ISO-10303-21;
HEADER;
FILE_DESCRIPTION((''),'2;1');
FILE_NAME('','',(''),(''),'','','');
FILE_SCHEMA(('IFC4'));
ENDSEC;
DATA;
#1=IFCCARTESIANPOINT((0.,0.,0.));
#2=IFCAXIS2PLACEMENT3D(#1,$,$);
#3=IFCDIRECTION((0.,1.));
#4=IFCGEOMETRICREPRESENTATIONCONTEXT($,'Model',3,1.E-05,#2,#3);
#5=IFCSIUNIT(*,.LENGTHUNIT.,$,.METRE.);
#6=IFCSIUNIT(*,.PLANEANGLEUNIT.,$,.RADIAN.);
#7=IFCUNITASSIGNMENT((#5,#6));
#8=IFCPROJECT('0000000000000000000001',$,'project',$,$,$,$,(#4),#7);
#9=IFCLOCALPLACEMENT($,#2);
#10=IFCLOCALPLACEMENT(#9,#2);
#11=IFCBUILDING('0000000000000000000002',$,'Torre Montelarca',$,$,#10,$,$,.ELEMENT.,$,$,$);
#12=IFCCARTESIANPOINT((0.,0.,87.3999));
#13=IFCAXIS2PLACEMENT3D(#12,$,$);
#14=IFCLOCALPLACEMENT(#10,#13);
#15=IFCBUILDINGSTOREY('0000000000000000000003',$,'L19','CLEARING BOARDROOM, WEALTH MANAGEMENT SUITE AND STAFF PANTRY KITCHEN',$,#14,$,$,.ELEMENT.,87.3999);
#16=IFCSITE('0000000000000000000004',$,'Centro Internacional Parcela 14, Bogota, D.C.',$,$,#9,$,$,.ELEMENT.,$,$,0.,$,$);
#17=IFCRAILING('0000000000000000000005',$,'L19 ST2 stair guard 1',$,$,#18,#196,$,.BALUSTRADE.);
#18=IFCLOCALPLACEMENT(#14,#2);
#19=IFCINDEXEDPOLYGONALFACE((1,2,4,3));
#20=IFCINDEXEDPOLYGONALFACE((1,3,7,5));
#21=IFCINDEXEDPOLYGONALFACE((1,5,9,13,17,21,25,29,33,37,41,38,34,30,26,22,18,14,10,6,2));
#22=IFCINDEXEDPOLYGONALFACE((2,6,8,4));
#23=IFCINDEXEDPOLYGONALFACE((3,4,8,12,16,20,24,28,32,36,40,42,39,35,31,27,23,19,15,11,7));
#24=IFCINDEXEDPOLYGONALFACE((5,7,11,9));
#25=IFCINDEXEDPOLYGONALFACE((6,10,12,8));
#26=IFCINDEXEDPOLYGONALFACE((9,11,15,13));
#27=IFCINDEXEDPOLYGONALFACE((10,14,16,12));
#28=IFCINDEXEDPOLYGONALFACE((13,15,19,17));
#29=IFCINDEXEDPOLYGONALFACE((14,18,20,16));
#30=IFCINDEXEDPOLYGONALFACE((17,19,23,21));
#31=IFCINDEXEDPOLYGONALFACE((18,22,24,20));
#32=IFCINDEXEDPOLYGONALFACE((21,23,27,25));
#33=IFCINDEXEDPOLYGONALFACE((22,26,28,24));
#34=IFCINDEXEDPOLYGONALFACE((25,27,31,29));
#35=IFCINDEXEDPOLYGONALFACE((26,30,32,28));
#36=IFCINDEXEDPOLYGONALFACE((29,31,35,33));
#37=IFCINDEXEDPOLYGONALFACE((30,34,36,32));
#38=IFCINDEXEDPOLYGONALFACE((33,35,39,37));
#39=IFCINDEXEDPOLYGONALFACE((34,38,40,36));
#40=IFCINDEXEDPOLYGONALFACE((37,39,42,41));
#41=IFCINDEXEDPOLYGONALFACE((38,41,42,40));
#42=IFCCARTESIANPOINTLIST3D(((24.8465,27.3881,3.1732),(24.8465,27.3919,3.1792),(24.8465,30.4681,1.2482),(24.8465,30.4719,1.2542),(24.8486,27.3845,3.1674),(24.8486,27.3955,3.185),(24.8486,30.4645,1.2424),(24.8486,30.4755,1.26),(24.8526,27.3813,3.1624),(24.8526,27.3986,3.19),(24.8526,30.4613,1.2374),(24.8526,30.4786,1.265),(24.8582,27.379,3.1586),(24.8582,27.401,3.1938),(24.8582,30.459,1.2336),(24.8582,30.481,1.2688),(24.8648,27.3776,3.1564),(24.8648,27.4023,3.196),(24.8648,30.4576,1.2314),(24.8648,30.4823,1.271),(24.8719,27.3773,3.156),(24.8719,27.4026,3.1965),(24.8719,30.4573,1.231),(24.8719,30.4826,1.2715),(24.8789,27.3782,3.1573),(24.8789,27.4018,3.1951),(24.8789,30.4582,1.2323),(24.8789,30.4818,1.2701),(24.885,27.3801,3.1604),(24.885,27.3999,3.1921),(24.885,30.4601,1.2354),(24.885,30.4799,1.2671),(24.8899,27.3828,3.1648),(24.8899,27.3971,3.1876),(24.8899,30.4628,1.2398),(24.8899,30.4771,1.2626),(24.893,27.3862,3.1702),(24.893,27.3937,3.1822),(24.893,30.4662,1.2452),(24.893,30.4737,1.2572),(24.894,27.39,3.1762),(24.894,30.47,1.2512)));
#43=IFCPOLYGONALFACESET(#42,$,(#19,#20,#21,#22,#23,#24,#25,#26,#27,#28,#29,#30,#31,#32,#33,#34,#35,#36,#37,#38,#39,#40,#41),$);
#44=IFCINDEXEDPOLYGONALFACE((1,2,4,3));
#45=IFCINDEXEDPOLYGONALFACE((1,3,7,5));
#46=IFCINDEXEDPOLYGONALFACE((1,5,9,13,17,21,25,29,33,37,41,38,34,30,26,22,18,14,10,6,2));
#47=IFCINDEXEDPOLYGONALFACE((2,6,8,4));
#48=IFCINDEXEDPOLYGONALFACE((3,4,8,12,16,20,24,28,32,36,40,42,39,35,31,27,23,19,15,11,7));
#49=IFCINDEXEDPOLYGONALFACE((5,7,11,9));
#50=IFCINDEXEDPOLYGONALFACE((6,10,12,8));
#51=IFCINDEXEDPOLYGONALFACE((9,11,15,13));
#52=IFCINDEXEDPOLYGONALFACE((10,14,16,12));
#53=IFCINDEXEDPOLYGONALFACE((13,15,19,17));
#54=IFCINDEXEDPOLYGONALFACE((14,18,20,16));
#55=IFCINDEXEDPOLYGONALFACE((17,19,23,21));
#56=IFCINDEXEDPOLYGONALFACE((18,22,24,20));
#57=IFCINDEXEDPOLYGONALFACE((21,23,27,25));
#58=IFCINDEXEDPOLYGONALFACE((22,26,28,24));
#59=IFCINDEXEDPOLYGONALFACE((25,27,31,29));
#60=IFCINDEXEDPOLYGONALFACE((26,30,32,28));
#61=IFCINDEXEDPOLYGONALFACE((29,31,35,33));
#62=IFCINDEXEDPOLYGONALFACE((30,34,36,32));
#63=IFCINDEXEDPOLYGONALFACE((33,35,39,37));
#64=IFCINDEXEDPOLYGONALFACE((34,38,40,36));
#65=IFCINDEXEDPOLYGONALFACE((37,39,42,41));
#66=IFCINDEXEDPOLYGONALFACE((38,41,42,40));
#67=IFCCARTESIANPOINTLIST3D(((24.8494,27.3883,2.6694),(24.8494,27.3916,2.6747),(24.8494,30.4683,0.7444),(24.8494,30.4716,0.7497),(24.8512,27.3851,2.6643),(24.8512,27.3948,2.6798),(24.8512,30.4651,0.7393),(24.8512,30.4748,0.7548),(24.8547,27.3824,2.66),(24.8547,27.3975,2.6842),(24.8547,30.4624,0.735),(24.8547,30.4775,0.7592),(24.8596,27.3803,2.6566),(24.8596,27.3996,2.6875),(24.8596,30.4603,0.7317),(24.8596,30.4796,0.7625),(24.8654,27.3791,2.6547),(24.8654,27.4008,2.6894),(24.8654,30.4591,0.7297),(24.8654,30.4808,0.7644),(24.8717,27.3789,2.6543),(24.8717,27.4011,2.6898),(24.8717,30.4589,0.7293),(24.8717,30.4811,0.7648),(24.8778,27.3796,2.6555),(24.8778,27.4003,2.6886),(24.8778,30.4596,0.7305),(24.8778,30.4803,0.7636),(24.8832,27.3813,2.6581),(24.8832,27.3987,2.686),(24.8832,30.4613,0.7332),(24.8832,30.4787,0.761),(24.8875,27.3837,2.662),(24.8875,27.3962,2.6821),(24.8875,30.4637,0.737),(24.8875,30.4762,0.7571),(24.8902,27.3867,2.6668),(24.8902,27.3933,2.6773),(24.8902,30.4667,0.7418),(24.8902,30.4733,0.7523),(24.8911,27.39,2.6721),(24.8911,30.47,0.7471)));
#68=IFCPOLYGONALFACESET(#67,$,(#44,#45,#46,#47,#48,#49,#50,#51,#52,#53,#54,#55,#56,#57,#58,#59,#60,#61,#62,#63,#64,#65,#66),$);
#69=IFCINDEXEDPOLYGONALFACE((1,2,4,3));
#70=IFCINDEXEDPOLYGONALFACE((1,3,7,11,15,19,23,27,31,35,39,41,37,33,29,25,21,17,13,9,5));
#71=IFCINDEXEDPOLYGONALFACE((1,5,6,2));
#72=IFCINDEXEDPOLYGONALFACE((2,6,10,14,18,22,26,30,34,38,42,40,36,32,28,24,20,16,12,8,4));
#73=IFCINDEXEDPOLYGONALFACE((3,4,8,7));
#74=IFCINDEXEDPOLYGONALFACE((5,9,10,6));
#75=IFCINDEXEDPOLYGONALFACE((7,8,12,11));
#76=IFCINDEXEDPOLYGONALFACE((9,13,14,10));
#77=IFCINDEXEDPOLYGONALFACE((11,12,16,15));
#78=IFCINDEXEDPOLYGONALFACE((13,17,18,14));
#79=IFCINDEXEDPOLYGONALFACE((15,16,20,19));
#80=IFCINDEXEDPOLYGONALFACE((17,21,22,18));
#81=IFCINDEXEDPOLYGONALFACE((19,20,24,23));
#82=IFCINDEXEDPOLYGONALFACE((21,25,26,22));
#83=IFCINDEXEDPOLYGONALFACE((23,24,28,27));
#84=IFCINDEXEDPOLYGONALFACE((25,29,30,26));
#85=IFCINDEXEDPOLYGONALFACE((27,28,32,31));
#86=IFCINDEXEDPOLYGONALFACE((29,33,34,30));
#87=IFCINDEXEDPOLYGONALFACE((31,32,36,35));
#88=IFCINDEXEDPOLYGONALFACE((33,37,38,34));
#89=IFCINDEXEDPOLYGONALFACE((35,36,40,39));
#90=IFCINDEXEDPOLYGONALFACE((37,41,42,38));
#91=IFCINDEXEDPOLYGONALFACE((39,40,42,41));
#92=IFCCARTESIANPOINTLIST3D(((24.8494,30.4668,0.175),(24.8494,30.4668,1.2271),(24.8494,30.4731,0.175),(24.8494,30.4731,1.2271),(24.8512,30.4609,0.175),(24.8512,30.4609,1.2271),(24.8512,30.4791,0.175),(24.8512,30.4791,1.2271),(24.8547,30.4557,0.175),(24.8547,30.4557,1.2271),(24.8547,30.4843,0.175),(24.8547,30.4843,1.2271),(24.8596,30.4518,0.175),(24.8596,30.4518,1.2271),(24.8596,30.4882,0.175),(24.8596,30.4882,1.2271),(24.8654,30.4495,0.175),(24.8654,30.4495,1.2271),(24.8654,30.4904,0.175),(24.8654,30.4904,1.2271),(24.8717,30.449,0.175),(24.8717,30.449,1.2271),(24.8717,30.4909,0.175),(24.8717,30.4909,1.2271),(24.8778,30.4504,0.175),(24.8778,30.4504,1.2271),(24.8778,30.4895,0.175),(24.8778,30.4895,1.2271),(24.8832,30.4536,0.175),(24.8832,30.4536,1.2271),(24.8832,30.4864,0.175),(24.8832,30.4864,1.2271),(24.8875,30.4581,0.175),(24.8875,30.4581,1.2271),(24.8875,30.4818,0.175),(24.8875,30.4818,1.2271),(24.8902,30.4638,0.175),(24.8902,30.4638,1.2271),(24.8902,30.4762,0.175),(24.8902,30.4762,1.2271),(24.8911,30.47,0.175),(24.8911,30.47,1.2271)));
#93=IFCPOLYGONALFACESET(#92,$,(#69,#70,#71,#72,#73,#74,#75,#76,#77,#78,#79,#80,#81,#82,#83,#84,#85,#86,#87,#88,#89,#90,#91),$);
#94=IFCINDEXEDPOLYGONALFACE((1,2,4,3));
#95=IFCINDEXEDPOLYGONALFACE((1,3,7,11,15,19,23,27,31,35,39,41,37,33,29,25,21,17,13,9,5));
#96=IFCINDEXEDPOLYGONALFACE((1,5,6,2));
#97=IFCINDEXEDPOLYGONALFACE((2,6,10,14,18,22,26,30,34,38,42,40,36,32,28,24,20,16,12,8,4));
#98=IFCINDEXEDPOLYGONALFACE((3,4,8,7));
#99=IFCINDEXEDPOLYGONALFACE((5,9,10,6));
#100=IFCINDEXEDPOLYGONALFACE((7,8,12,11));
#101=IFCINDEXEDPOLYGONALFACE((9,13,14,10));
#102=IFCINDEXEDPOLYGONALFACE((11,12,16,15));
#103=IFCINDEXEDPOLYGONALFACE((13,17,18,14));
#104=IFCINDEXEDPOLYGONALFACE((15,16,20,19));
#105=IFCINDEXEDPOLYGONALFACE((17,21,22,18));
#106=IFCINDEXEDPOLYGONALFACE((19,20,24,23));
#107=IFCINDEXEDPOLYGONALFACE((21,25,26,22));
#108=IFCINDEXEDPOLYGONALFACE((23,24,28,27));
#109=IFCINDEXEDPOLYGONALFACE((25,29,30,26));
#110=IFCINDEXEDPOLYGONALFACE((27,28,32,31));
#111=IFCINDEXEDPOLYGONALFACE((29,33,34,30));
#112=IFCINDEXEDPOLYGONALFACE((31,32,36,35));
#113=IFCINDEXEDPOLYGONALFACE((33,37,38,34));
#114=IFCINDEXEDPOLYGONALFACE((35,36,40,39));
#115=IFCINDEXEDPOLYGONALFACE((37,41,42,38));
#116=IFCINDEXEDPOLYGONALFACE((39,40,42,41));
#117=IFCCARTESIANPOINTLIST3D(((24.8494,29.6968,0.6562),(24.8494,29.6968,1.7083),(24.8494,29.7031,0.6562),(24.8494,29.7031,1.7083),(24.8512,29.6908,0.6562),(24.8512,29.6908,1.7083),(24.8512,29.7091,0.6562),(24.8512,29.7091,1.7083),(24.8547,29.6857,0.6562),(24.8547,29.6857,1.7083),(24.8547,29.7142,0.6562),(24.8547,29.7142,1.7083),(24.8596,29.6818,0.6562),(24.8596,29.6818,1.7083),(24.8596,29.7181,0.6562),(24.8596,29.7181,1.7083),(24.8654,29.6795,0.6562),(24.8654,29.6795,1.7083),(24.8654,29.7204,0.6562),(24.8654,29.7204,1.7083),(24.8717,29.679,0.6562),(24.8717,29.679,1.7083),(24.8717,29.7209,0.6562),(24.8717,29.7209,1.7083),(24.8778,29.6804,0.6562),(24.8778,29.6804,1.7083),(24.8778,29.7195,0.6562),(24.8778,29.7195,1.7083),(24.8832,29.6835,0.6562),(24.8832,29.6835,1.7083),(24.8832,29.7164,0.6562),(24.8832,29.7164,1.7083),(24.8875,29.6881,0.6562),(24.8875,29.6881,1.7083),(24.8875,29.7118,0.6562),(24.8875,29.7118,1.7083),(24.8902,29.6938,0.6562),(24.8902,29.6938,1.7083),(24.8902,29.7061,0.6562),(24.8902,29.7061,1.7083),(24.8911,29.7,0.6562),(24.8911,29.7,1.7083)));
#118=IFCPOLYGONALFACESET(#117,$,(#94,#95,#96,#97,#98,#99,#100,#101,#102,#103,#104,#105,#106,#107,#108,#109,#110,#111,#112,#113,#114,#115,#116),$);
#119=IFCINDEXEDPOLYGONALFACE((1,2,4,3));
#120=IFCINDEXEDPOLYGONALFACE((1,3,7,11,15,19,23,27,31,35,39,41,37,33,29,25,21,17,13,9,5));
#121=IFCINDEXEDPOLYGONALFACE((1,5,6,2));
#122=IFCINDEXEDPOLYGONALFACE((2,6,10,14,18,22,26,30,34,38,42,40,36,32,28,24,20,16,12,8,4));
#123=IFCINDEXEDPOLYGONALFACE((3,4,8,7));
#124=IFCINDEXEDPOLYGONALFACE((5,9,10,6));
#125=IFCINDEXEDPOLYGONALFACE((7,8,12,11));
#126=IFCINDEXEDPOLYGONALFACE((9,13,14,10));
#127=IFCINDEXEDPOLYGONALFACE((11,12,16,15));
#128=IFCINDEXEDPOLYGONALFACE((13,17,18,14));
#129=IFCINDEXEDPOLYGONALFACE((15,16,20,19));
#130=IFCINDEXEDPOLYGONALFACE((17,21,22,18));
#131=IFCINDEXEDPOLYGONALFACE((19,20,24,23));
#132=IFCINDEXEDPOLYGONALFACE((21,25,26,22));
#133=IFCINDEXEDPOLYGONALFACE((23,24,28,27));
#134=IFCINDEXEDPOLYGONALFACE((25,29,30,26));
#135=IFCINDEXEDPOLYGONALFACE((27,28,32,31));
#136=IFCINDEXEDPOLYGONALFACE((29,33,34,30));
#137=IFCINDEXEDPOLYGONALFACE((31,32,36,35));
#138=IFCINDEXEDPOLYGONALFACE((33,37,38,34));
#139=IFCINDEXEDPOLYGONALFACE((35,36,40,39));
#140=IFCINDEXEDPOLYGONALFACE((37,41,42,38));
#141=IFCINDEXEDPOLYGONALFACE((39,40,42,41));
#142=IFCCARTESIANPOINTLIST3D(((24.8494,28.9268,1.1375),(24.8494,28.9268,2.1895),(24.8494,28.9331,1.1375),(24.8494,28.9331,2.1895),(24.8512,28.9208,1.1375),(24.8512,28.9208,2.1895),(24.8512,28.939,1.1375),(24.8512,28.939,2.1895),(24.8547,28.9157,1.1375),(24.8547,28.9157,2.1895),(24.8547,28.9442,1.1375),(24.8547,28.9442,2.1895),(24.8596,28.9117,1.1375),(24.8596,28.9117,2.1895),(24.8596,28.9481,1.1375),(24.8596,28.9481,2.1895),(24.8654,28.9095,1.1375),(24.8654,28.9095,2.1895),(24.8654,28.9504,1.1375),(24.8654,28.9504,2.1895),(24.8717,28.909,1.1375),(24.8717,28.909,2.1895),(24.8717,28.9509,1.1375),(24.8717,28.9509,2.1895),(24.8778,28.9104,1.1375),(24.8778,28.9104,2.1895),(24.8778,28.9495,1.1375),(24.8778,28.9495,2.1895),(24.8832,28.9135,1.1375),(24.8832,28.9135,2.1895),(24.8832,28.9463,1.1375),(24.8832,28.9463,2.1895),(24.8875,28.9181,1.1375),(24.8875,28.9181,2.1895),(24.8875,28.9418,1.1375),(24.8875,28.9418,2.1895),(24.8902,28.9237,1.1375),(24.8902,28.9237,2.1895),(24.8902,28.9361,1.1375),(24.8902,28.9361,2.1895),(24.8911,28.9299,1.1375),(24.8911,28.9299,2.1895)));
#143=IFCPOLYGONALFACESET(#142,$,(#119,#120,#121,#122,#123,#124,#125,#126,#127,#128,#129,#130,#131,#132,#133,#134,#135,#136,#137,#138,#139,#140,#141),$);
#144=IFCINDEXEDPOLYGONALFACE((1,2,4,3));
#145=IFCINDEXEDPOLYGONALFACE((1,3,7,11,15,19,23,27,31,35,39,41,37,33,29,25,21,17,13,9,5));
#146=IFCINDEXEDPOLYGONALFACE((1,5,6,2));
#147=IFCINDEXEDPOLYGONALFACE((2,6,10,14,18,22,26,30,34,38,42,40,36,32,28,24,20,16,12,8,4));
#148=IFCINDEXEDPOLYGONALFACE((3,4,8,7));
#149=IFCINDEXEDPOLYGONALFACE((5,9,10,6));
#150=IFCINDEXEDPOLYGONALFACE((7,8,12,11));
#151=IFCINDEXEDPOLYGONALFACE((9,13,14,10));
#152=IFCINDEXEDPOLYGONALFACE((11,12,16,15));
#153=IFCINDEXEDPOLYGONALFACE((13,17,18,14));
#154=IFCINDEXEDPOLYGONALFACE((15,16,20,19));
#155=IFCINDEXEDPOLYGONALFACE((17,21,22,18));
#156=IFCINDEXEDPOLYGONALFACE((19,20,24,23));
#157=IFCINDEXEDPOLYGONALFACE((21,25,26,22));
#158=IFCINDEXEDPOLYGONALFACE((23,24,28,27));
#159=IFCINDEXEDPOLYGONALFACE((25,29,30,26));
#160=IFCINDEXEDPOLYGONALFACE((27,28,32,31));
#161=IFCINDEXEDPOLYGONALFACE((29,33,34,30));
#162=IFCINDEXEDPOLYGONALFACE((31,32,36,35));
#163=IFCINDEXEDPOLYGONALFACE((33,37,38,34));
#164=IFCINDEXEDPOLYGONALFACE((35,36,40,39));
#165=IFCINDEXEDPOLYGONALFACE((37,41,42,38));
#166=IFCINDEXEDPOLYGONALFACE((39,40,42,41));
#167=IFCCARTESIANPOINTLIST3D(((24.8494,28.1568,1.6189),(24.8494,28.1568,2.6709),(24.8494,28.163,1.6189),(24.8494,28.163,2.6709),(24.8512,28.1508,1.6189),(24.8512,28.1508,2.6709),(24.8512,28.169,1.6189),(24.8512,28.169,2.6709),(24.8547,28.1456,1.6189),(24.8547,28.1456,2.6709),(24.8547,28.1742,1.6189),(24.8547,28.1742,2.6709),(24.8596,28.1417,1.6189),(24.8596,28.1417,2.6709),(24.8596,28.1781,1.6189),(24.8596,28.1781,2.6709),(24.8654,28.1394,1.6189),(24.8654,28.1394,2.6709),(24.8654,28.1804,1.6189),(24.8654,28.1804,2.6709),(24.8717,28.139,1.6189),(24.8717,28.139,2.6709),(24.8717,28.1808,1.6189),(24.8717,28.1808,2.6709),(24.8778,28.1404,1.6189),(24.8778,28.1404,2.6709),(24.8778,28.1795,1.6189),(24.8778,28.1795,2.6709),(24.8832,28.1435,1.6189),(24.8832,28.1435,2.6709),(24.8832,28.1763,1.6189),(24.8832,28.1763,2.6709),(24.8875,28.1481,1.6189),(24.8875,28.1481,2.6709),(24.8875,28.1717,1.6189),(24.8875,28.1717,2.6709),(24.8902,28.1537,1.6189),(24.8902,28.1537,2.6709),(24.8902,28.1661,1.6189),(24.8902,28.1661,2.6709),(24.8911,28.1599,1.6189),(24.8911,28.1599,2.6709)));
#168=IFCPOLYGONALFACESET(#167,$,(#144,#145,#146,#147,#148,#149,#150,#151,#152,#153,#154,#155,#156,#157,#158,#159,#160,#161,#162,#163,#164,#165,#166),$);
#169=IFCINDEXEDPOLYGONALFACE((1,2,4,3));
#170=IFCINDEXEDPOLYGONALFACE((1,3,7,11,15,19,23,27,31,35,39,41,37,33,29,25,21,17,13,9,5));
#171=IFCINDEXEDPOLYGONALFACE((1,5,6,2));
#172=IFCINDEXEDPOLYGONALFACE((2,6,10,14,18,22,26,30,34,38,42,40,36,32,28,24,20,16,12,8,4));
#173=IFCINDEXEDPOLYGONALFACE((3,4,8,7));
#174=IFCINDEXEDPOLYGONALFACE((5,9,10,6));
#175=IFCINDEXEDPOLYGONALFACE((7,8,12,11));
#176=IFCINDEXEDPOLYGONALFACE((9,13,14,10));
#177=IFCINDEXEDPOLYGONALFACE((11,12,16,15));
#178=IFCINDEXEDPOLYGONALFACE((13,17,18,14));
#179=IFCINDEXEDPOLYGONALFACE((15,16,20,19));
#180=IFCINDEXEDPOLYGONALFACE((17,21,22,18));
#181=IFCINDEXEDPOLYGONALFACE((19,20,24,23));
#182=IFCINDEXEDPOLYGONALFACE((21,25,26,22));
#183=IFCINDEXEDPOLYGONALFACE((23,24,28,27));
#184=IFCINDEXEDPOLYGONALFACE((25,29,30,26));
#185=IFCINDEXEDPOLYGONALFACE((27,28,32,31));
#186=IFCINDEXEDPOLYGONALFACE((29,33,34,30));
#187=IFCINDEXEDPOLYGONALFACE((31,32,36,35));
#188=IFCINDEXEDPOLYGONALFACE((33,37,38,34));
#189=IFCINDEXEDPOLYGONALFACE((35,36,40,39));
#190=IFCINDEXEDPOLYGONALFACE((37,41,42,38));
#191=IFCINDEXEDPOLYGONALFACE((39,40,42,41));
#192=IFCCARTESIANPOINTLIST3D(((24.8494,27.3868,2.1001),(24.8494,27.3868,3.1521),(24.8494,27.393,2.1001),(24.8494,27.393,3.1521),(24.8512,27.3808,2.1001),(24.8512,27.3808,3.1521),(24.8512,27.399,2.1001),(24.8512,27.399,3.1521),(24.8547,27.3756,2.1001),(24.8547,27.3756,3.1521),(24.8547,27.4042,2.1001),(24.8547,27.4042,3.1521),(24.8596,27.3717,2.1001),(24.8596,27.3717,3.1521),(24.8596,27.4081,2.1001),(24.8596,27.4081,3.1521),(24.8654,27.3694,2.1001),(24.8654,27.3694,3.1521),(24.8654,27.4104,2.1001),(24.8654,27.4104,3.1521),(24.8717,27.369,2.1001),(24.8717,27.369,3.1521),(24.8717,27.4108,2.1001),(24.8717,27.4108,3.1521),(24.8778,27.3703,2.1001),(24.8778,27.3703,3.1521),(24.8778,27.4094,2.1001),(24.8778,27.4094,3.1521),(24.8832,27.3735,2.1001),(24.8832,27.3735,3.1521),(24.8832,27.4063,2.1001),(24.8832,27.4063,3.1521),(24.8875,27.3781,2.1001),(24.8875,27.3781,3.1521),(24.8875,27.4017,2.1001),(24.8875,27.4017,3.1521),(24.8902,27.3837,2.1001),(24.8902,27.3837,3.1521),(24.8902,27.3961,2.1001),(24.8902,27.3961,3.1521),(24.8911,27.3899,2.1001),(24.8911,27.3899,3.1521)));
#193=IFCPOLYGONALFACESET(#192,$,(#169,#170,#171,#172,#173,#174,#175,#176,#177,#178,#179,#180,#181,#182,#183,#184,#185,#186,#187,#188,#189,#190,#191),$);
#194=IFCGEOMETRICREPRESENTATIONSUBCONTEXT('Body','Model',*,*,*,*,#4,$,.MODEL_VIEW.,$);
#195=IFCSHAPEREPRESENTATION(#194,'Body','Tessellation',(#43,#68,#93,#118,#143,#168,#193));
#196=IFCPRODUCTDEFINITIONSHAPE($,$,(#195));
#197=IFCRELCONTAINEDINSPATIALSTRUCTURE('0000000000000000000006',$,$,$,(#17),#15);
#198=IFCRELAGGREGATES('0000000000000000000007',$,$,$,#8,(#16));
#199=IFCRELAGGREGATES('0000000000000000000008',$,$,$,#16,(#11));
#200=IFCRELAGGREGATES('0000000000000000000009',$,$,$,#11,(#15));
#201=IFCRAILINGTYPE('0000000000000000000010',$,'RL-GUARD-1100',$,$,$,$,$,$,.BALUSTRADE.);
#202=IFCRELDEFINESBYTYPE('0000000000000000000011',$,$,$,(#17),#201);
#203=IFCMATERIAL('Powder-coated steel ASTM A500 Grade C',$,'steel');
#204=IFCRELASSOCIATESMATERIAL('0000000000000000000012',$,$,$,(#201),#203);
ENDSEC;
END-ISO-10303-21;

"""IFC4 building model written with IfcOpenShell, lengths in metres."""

from ifc_helpers import new_model, si_unit, direction, frame, origin, origin_2d, place, context, subcontext, project, spatial, circle, extrude, material, type_object, element, save


model = new_model("IFC4")

# Units and contexts
model_context = context("Model", 3, precision=1e-05, world=origin(), true_north=direction((0.0, 1.0)))
body_context = subcontext(model_context, "Body", "Model", "MODEL_VIEW")
ifc_project = project(units=[si_unit("LENGTHUNIT", "METRE"), si_unit("PLANEANGLEUNIT", "RADIAN")], contexts=[model_context])

# Site, building, storey
site_placement = place(None, origin())
site = spatial("IfcSite", under=ifc_project, at=site_placement, Name="Centro Internacional Parcela 14, Bogota, D.C.", CompositionType="ELEMENT", RefElevation=0.0)
building_placement = place(site_placement, origin())
building = spatial("IfcBuilding", under=site, at=building_placement, Name="Torre Montelarca", CompositionType="ELEMENT")
storey_placement = place(building_placement, frame((0.0, 0.0, 87.3999)))
storey = spatial("IfcBuildingStorey", under=building, at=storey_placement, Name="L19", Description="CLEARING BOARDROOM, WEALTH MANAGEMENT SUITE AND STAFF PANTRY KITCHEN", CompositionType="ELEMENT", Elevation=87.3999)

# Railing
ifc_material_1 = material(Name="Powder-coated steel ASTM A500 Grade C", Category="steel")
railing_type_1 = type_object("IfcRailingType", Name="RL-GUARD-1100", PredefinedType="BALUSTRADE", material=ifc_material_1)
railing_1_placement = place(storey_placement, frame((24.8701, 30.47, 0.175)))
element("IfcRailing", 1, at=railing_1_placement, inside=storey, type_object=railing_type_1, Name="L19 ST2 stair guard 1", PredefinedType="BALUSTRADE", context=body_context, shape_type="SweptSolid", body=[
    extrude(circle(Radius=0.0239, at=origin_2d()), frame((0.0, 0.0, 1.0762), z_axis=(0.0, -0.847998, 0.529999), x_axis=(1.0, 0.0, 0.0)), (0.0, 0.0, 1.0), 3.6321),
    extrude(circle(Radius=0.021, at=origin_2d()), frame((0.0, 0.0, 0.572), z_axis=(0.0, -0.847998, 0.529999), x_axis=(1.0, 0.0, 0.0)), (0.0, 0.0, 1.0), 3.6321),
    extrude(circle(Radius=0.021, at=origin_2d()), origin(), (0.0, 0.0, 1.0), 1.052),
    extrude(circle(Radius=0.021, at=origin_2d()), frame((0.0, -0.77, 0.4812)), (0.0, 0.0, 1.0), 1.052),
    extrude(circle(Radius=0.021, at=origin_2d()), frame((0.0, -1.54, 0.9624)), (0.0, 0.0, 1.0), 1.052),
    extrude(circle(Radius=0.021, at=origin_2d()), frame((0.0, -2.3101, 1.4438)), (0.0, 0.0, 1.0), 1.052),
    extrude(circle(Radius=0.021, at=origin_2d()), frame((0.0, -3.0801, 1.925)), (0.0, 0.0, 1.0), 1.052),
])

save(model, "model.ifc")
